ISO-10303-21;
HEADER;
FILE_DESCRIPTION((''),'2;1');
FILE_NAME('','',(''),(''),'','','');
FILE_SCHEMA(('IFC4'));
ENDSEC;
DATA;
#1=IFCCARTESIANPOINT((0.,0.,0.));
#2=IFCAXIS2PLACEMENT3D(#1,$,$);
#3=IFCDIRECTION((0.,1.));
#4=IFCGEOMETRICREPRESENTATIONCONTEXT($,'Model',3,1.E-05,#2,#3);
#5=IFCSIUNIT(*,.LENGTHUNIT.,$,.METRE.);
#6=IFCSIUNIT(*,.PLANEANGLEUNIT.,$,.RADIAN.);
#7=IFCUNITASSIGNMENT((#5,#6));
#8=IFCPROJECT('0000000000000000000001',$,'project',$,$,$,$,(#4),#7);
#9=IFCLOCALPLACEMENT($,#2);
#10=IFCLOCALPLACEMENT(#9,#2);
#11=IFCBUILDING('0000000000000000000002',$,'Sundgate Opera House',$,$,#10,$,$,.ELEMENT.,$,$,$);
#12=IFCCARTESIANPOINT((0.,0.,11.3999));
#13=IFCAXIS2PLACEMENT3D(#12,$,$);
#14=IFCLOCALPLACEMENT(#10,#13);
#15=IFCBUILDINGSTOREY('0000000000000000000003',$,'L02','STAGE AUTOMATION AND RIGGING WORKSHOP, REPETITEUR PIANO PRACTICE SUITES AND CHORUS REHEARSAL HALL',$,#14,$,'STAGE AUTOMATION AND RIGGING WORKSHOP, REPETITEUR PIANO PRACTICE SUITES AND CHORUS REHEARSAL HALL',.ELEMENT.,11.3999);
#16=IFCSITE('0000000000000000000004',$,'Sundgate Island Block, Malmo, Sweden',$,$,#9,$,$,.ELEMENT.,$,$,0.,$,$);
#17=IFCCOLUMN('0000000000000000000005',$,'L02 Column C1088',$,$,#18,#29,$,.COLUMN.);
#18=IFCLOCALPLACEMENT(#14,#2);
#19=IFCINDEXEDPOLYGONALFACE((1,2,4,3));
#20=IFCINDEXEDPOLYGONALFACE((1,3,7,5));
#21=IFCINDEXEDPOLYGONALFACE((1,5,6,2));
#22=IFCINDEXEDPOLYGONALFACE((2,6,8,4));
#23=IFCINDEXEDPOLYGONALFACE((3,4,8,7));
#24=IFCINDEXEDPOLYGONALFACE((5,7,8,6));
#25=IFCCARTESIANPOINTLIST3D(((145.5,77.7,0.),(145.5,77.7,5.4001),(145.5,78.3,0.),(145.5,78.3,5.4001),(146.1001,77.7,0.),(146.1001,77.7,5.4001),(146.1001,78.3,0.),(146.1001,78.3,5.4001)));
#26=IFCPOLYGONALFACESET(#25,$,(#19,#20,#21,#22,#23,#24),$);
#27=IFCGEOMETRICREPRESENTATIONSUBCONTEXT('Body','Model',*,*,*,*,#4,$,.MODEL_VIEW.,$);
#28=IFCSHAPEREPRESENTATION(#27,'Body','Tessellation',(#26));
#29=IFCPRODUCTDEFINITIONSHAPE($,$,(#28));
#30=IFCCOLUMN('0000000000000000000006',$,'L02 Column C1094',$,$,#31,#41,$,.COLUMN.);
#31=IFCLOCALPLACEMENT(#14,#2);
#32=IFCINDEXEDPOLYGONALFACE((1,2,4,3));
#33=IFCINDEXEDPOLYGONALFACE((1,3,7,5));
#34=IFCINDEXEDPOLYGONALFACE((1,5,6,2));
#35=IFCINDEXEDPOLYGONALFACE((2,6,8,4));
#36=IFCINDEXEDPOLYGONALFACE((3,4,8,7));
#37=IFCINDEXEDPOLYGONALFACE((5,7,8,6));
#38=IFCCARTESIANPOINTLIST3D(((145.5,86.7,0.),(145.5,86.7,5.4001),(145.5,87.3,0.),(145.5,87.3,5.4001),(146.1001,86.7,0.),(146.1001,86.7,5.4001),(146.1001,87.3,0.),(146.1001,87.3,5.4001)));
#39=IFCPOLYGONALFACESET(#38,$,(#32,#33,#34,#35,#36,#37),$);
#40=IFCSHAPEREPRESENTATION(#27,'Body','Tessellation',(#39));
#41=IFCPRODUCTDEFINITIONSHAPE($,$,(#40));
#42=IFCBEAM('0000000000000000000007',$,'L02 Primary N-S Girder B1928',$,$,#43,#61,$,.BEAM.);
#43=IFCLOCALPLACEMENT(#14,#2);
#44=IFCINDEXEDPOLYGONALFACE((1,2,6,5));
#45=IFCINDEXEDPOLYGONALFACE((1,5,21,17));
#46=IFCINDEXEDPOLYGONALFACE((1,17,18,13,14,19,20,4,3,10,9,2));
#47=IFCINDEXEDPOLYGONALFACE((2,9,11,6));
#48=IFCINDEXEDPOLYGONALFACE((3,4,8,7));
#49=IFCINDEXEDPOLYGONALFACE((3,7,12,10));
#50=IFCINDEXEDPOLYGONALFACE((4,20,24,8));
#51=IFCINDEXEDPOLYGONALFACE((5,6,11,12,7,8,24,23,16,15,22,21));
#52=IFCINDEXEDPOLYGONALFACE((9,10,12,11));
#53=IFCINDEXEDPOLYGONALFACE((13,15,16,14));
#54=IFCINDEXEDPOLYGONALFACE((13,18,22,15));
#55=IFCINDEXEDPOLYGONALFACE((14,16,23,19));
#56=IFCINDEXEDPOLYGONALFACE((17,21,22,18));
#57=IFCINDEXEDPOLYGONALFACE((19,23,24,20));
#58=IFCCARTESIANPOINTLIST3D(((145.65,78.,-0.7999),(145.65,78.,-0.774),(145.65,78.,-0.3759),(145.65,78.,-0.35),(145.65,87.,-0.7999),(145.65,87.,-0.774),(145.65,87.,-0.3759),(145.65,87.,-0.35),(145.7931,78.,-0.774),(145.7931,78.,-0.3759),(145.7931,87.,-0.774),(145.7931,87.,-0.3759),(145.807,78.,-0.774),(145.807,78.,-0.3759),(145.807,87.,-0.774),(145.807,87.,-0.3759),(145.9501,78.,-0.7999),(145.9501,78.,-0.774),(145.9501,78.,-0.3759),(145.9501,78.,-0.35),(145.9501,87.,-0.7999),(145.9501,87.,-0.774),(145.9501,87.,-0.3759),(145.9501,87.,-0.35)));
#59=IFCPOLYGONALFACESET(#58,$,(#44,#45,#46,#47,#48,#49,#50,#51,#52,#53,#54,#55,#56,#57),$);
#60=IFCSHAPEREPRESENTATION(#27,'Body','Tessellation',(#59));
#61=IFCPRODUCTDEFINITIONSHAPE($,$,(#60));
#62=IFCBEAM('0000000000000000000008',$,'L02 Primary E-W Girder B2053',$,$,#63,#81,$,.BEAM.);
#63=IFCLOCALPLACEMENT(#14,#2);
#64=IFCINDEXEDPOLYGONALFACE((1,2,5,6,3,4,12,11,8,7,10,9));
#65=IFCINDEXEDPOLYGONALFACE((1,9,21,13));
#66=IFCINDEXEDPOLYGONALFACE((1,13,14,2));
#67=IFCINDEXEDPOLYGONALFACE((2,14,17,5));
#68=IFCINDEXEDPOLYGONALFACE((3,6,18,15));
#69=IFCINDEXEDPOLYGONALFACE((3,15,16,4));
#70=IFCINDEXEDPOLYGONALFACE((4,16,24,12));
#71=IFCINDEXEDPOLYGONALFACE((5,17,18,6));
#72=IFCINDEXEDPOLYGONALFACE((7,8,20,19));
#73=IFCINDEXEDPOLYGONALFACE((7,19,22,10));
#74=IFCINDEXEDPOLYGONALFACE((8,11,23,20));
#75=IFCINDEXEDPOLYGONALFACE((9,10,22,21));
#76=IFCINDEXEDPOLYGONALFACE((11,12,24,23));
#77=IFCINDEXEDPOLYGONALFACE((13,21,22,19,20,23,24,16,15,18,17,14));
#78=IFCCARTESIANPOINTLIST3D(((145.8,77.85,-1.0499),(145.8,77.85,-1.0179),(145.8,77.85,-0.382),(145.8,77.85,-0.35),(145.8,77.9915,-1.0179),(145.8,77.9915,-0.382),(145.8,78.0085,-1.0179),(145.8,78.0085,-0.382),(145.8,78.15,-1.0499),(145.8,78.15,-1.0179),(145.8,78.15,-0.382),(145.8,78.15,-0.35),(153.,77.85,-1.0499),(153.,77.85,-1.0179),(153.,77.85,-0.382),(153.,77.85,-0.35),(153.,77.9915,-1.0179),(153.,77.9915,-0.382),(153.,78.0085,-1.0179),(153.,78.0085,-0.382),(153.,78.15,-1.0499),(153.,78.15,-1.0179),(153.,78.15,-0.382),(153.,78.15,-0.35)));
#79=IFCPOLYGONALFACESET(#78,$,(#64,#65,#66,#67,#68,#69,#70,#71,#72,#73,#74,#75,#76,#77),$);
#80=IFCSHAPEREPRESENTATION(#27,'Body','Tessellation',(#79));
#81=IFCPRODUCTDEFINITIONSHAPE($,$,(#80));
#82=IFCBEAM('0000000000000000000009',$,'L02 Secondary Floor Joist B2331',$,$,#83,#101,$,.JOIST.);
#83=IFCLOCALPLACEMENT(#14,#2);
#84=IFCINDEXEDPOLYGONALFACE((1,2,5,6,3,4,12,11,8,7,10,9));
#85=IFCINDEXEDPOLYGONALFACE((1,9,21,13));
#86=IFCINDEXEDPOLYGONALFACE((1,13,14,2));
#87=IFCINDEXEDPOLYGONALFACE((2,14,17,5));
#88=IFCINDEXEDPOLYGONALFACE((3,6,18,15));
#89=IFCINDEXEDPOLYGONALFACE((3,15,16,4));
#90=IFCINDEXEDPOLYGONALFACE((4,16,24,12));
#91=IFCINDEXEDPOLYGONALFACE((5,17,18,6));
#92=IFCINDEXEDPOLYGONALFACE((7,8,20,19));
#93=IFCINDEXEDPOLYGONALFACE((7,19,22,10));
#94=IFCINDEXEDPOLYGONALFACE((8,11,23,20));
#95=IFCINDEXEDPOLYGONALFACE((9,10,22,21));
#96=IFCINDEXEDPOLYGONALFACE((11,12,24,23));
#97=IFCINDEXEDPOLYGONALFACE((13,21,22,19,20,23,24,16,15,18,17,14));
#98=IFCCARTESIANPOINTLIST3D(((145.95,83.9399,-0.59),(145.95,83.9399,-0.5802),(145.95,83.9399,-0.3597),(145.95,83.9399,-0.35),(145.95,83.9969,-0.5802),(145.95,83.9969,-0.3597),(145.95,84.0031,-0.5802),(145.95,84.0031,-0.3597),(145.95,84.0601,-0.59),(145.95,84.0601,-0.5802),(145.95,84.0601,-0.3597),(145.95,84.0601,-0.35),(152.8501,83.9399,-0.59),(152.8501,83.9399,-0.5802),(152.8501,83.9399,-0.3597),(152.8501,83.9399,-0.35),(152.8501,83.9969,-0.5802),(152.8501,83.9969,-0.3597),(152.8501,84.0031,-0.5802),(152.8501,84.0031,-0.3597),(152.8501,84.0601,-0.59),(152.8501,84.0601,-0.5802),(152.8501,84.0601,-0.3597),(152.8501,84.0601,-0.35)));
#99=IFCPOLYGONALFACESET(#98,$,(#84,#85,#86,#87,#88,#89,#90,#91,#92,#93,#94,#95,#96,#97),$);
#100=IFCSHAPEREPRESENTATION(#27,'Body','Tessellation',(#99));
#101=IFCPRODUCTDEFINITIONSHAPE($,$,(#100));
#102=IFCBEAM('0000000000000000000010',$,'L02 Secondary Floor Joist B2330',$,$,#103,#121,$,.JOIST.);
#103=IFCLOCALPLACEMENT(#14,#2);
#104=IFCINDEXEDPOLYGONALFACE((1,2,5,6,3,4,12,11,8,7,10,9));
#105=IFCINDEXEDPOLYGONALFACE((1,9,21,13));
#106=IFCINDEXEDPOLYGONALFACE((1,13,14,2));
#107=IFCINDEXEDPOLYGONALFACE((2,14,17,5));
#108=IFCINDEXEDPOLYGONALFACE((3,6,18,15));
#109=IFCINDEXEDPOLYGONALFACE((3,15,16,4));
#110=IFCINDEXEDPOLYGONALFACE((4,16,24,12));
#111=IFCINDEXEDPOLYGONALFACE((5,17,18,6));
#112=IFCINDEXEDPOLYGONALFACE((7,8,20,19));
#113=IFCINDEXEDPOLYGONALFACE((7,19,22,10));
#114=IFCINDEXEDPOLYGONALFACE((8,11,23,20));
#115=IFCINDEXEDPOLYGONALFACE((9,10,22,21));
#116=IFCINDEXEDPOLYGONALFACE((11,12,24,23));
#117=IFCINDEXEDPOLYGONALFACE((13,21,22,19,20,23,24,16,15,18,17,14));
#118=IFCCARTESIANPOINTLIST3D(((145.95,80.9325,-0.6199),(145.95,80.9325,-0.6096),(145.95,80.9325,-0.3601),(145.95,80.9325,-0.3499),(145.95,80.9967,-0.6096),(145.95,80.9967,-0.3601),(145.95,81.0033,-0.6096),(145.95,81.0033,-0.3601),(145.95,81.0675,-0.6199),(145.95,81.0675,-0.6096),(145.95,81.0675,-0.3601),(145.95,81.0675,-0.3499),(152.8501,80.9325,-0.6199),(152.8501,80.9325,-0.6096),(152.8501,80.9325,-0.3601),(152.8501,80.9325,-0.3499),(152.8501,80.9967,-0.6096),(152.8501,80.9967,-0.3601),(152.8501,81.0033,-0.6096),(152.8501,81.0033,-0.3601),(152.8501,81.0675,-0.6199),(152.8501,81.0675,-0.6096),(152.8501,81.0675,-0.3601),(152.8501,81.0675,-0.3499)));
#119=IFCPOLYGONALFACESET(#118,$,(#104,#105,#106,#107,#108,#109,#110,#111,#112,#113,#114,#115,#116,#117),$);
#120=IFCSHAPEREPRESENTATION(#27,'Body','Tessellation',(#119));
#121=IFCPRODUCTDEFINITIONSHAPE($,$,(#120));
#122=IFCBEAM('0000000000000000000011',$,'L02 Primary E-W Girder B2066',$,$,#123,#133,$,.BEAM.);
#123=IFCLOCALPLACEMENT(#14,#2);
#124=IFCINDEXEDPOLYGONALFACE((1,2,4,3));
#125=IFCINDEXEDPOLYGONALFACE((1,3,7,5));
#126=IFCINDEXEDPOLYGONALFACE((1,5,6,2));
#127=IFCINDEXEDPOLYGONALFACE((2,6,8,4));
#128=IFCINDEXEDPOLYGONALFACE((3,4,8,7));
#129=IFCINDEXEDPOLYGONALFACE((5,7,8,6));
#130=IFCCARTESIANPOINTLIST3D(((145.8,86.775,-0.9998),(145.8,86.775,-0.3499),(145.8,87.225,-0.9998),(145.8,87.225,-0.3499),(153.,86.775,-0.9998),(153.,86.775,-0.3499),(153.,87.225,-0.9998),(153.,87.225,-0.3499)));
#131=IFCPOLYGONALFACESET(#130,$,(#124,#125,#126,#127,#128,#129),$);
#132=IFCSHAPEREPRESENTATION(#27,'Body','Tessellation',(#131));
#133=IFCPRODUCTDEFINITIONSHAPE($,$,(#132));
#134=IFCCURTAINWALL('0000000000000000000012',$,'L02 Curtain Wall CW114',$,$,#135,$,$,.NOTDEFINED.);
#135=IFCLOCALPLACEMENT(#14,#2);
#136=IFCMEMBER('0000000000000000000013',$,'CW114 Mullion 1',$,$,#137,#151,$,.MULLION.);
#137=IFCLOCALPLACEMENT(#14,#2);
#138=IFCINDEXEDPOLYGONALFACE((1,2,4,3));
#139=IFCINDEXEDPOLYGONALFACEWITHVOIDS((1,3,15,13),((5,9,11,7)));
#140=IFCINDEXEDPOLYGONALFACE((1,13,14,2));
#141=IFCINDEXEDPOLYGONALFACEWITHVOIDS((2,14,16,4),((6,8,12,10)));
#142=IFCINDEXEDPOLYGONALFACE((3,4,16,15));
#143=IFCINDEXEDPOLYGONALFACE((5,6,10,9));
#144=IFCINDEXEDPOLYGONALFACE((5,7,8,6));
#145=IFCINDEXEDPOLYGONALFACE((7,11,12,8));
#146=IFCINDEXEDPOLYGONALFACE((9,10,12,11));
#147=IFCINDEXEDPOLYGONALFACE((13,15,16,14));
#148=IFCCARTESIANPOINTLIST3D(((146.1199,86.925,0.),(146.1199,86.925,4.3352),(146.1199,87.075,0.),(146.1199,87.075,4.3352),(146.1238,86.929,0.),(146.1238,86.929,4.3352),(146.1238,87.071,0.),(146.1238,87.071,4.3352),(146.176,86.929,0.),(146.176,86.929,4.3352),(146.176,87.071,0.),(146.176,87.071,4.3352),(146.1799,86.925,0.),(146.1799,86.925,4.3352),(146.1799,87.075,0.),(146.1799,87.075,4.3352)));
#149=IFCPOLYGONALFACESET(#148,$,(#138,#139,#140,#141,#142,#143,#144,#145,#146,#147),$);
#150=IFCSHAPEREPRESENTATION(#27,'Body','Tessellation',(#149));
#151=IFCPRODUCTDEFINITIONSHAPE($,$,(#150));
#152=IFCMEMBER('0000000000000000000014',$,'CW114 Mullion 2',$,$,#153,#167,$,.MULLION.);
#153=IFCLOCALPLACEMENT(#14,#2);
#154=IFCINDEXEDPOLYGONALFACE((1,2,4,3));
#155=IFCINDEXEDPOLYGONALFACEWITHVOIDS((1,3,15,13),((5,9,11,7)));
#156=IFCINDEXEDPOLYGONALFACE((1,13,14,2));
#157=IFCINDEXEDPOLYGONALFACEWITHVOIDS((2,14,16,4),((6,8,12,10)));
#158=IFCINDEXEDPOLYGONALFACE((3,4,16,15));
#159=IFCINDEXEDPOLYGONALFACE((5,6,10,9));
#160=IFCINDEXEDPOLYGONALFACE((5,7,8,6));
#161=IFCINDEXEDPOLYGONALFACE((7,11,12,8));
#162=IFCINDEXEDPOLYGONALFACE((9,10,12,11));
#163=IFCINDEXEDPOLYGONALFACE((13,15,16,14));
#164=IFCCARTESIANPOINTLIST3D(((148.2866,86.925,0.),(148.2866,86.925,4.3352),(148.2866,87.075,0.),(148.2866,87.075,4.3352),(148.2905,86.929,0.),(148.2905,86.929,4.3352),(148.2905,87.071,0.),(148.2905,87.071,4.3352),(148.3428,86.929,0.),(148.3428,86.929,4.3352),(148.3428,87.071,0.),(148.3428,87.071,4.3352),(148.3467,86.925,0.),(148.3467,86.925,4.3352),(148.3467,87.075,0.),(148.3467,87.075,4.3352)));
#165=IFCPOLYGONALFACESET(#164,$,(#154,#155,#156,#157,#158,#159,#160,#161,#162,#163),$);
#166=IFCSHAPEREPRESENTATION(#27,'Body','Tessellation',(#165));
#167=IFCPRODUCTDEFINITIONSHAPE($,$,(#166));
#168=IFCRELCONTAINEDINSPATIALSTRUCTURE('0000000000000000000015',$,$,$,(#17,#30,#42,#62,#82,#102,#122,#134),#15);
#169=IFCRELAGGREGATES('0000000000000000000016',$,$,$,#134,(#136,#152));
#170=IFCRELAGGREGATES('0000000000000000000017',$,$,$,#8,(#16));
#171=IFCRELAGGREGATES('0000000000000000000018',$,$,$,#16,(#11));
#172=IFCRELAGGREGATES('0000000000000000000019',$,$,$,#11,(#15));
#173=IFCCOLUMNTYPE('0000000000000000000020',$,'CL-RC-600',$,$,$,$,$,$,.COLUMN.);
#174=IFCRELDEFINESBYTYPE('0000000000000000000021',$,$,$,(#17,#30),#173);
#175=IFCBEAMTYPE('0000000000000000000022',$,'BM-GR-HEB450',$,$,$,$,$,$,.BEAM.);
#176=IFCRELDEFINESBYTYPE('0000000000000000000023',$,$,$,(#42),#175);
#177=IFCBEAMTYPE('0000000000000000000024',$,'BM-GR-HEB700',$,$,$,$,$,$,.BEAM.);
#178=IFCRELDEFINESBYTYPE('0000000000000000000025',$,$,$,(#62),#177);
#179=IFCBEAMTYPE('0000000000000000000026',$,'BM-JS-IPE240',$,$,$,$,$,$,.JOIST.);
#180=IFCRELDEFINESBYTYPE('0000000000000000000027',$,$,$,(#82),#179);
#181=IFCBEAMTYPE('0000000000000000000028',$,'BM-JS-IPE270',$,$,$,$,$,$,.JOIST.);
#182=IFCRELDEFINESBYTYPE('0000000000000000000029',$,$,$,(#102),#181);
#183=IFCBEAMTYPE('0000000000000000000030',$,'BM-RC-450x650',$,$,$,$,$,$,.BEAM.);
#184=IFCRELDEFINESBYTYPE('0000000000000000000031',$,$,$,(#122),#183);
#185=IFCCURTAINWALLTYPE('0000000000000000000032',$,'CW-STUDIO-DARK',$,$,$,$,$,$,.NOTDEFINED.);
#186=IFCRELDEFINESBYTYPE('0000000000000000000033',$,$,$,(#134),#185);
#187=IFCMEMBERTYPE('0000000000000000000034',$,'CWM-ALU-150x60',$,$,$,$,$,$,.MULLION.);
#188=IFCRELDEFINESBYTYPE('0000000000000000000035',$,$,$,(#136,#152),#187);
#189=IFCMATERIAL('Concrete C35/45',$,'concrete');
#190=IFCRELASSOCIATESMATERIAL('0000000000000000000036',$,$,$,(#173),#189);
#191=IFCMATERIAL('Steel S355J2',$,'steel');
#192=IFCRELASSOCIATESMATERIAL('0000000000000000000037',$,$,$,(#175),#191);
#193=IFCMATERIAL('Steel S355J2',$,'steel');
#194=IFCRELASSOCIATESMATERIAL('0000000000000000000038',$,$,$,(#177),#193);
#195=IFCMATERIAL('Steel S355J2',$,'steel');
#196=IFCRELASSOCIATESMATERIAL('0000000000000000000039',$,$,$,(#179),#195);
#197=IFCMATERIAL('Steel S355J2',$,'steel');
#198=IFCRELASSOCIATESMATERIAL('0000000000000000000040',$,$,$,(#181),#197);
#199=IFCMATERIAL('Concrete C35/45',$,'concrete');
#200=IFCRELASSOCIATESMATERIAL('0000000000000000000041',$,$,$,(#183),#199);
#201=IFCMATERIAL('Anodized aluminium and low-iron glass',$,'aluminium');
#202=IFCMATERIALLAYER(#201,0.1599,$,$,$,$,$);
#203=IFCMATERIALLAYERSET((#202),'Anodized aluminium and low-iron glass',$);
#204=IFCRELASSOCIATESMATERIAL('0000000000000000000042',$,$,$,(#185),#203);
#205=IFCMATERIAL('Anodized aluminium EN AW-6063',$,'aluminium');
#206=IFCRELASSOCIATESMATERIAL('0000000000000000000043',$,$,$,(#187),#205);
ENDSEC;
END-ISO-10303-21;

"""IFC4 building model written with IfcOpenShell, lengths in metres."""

from ifc_helpers import new_model, si_unit, direction, frame, origin, origin_2d, place, context, subcontext, project, spatial, rectangle, hollow_rectangle, i_section, extrude, material, layer, layer_set, material_profile, profile_set, type_object, element, aggregate, save


model = new_model("IFC4")

# Units and contexts
model_context = context("Model", 3, precision=1e-05, world=origin(), true_north=direction((0.0, 1.0)))
body_context = subcontext(model_context, "Body", "Model", "MODEL_VIEW")
ifc_project = project(units=[si_unit("LENGTHUNIT", "METRE"), si_unit("PLANEANGLEUNIT", "RADIAN")], contexts=[model_context])

# Site, building, storey
site_placement = place(None, origin())
site = spatial("IfcSite", under=ifc_project, at=site_placement, Name="Sundgate Island Block, Malmo, Sweden", CompositionType="ELEMENT", RefElevation=0.0)
building_placement = place(site_placement, origin())
building = spatial("IfcBuilding", under=site, at=building_placement, Name="Sundgate Opera House", CompositionType="ELEMENT")
storey_placement = place(building_placement, frame((0.0, 0.0, 11.3999)))
storey = spatial("IfcBuildingStorey", under=building, at=storey_placement, Name="L02", Description="STAGE AUTOMATION AND RIGGING WORKSHOP, REPETITEUR PIANO PRACTICE SUITES AND CHORUS REHEARSAL HALL", LongName="STAGE AUTOMATION AND RIGGING WORKSHOP, REPETITEUR PIANO PRACTICE SUITES AND CHORUS REHEARSAL HALL", CompositionType="ELEMENT", Elevation=11.3999)

# Columns
ifc_material_1 = material(Name="Concrete C35/45", Category="concrete")
ifc_material_profile_1 = material_profile(ifc_material_1, rectangle(XDim=0.6001, YDim=0.6001, at=origin_2d()), Name="RC 600x600")
ifc_profile_set_1 = profile_set([ifc_material_profile_1], Name="Concrete C35/45")
column_type = type_object("IfcColumnType", Name="CL-RC-600", PredefinedType="COLUMN", material=ifc_profile_set_1)
for number, where, z_axis, x_axis, name in (
    (1, (145.8, 78.0, 0.0), (0.0, 0.0, 1.0), (1.0, 0.0, 0.0), "L02 Column C1088"),
    (2, (145.8, 87.0, 0.0), (0.0, 0.0, 1.0), (1.0, 0.0, 0.0), "L02 Column C1094"),
):
    element("IfcColumn", number, at=place(storey_placement, frame(where, z_axis=z_axis, x_axis=x_axis)), inside=storey, type_object=column_type, Name=name, PredefinedType="COLUMN", context=body_context, shape_type="SweptSolid", body=[
        extrude(rectangle(XDim=0.6001, YDim=0.6001, at=origin_2d()), origin(), (0.0, 0.0, 1.0), 5.4001),
    ])

# Beams
ifc_material_2 = material(Name="Steel S355J2", Category="steel")
ifc_material_profile_2 = material_profile(ifc_material_2, i_section(OverallWidth=0.3, OverallDepth=0.45, WebThickness=0.0139, FlangeThickness=0.0259, at=origin_2d()), Name="HEB 450")
ifc_profile_set_2 = profile_set([ifc_material_profile_2], Name="Steel S355J2")
beam_type_1 = type_object("IfcBeamType", Name="BM-GR-HEB450", PredefinedType="BEAM", material=ifc_profile_set_2)
beam_1_placement = place(storey_placement, frame((145.8, 78.0, -0.575), z_axis=(0.0, 1.0, 0.0), x_axis=(-1.0, 0.0, 0.0)))
element("IfcBeam", 3, at=beam_1_placement, inside=storey, type_object=beam_type_1, Name="L02 Primary N-S Girder B1928", PredefinedType="BEAM", context=body_context, shape_type="SweptSolid", body=[
    extrude(i_section(OverallWidth=0.3, OverallDepth=0.45, WebThickness=0.0139, FlangeThickness=0.0259, at=origin_2d()), origin(), (0.0, 0.0, 1.0), 9.0),
])
ifc_material_3 = material(Name="Steel S355J2", Category="steel")
ifc_material_profile_3 = material_profile(ifc_material_3, i_section(OverallWidth=0.3, OverallDepth=0.7, WebThickness=0.0171, FlangeThickness=0.032, at=origin_2d()), Name="HEB 700")
ifc_profile_set_3 = profile_set([ifc_material_profile_3], Name="Steel S355J2")
beam_type_2 = type_object("IfcBeamType", Name="BM-GR-HEB700", PredefinedType="BEAM", material=ifc_profile_set_3)
beam_2_placement = place(storey_placement, frame((145.8, 78.0, -0.7), z_axis=(1.0, 0.0, 0.0), x_axis=(0.0, 1.0, 0.0)))
element("IfcBeam", 4, at=beam_2_placement, inside=storey, type_object=beam_type_2, Name="L02 Primary E-W Girder B2053", PredefinedType="BEAM", context=body_context, shape_type="SweptSolid", body=[
    extrude(i_section(OverallWidth=0.3, OverallDepth=0.7, WebThickness=0.0171, FlangeThickness=0.032, at=origin_2d()), origin(), (0.0, 0.0, 1.0), 7.2),
])
ifc_material_4 = material(Name="Steel S355J2", Category="steel")
ifc_material_profile_4 = material_profile(ifc_material_4, i_section(OverallWidth=0.1201, OverallDepth=0.24, WebThickness=0.0061, FlangeThickness=0.0098, at=origin_2d()), Name="IPE 240")
ifc_profile_set_4 = profile_set([ifc_material_profile_4], Name="Steel S355J2")
beam_type_3 = type_object("IfcBeamType", Name="BM-JS-IPE240", PredefinedType="JOIST", material=ifc_profile_set_4)
beam_3_placement = place(storey_placement, frame((145.95, 84.0, -0.47), z_axis=(1.0, 0.0, 0.0), x_axis=(0.0, 1.0, 0.0)))
element("IfcBeam", 5, at=beam_3_placement, inside=storey, type_object=beam_type_3, Name="L02 Secondary Floor Joist B2331", PredefinedType="JOIST", context=body_context, shape_type="SweptSolid", body=[
    extrude(i_section(OverallWidth=0.1201, OverallDepth=0.24, WebThickness=0.0061, FlangeThickness=0.0098, at=origin_2d()), origin(), (0.0, 0.0, 1.0), 6.9001),
])
ifc_material_5 = material(Name="Steel S355J2", Category="steel")
ifc_material_profile_5 = material_profile(ifc_material_5, i_section(OverallWidth=0.135, OverallDepth=0.27, WebThickness=0.0066, FlangeThickness=0.0103, at=origin_2d()), Name="IPE 270")
ifc_profile_set_5 = profile_set([ifc_material_profile_5], Name="Steel S355J2")
beam_type_4 = type_object("IfcBeamType", Name="BM-JS-IPE270", PredefinedType="JOIST", material=ifc_profile_set_5)
beam_4_placement = place(storey_placement, frame((145.95, 81.0, -0.4849), z_axis=(1.0, 0.0, 0.0), x_axis=(0.0, 1.0, 0.0)))
element("IfcBeam", 6, at=beam_4_placement, inside=storey, type_object=beam_type_4, Name="L02 Secondary Floor Joist B2330", PredefinedType="JOIST", context=body_context, shape_type="SweptSolid", body=[
    extrude(i_section(OverallWidth=0.135, OverallDepth=0.27, WebThickness=0.0066, FlangeThickness=0.0103, at=origin_2d()), origin(), (0.0, 0.0, 1.0), 6.9001),
])
ifc_material_6 = material(Name="Concrete C35/45", Category="concrete")
ifc_material_profile_6 = material_profile(ifc_material_6, rectangle(XDim=0.45, YDim=0.6499, at=origin_2d()), Name="RC 450x650")
ifc_profile_set_6 = profile_set([ifc_material_profile_6], Name="Concrete C35/45")
beam_type_5 = type_object("IfcBeamType", Name="BM-RC-450x650", PredefinedType="BEAM", material=ifc_profile_set_6)
beam_5_placement = place(storey_placement, frame((145.8, 87.0, -0.6748), z_axis=(1.0, 0.0, 0.0), x_axis=(0.0, 1.0, 0.0)))
element("IfcBeam", 7, at=beam_5_placement, inside=storey, type_object=beam_type_5, Name="L02 Primary E-W Girder B2066", PredefinedType="BEAM", context=body_context, shape_type="SweptSolid", body=[
    extrude(rectangle(XDim=0.45, YDim=0.6499, at=origin_2d()), origin(), (0.0, 0.0, 1.0), 7.2),
])

# Curtain wall, members
ifc_material_7 = material(Name="Anodized aluminium and low-iron glass", Category="aluminium")
ifc_layer_1 = layer(ifc_material_7, 0.1599)
ifc_layer_set_1 = layer_set([ifc_layer_1], Name="Anodized aluminium and low-iron glass")
curtain_wall_type = type_object("IfcCurtainWallType", Name="CW-STUDIO-DARK", PredefinedType="NOTDEFINED", material=ifc_layer_set_1)
curtain_wall_placement = place(storey_placement, origin())
curtain_wall = element("IfcCurtainWall", 8, at=curtain_wall_placement, inside=storey, type_object=curtain_wall_type, Name="L02 Curtain Wall CW114", PredefinedType="NOTDEFINED")
ifc_material_8 = material(Name="Anodized aluminium EN AW-6063", Category="aluminium")
ifc_material_profile_7 = material_profile(ifc_material_8, hollow_rectangle(XDim=0.0601, YDim=0.1499, WallThickness=0.0039, at=origin_2d()), Name="CWM 150x60x4")
ifc_profile_set_7 = profile_set([ifc_material_profile_7], Name="Anodized aluminium EN AW-6063")
member_type_1 = type_object("IfcMemberType", Name="CWM-ALU-150x60", PredefinedType="MULLION", material=ifc_profile_set_7)
member_1_placement = place(storey_placement, frame((146.1499, 87.0, 0.0), z_axis=(0.0, 0.0, 1.0), x_axis=(1.0, 0.0, 0.0)))
member_1 = element("IfcMember", 9, at=member_1_placement, type_object=member_type_1, Name="CW114 Mullion 1", PredefinedType="MULLION", context=body_context, shape_type="SweptSolid", body=[
    extrude(hollow_rectangle(XDim=0.0601, YDim=0.1499, WallThickness=0.0039, at=origin_2d()), origin(), (0.0, 0.0, 1.0), 4.3352),
])
member_2_placement = place(storey_placement, frame((148.3167, 87.0, 0.0), z_axis=(0.0, 0.0, 1.0), x_axis=(1.0, 0.0, 0.0)))
member_2 = element("IfcMember", 10, at=member_2_placement, type_object=member_type_1, Name="CW114 Mullion 2", PredefinedType="MULLION", context=body_context, shape_type="SweptSolid", body=[
    extrude(hollow_rectangle(XDim=0.0601, YDim=0.1499, WallThickness=0.0039, at=origin_2d()), origin(), (0.0, 0.0, 1.0), 4.3352),
])
aggregate(curtain_wall, [member_1, member_2])

save(model, "model.ifc")
